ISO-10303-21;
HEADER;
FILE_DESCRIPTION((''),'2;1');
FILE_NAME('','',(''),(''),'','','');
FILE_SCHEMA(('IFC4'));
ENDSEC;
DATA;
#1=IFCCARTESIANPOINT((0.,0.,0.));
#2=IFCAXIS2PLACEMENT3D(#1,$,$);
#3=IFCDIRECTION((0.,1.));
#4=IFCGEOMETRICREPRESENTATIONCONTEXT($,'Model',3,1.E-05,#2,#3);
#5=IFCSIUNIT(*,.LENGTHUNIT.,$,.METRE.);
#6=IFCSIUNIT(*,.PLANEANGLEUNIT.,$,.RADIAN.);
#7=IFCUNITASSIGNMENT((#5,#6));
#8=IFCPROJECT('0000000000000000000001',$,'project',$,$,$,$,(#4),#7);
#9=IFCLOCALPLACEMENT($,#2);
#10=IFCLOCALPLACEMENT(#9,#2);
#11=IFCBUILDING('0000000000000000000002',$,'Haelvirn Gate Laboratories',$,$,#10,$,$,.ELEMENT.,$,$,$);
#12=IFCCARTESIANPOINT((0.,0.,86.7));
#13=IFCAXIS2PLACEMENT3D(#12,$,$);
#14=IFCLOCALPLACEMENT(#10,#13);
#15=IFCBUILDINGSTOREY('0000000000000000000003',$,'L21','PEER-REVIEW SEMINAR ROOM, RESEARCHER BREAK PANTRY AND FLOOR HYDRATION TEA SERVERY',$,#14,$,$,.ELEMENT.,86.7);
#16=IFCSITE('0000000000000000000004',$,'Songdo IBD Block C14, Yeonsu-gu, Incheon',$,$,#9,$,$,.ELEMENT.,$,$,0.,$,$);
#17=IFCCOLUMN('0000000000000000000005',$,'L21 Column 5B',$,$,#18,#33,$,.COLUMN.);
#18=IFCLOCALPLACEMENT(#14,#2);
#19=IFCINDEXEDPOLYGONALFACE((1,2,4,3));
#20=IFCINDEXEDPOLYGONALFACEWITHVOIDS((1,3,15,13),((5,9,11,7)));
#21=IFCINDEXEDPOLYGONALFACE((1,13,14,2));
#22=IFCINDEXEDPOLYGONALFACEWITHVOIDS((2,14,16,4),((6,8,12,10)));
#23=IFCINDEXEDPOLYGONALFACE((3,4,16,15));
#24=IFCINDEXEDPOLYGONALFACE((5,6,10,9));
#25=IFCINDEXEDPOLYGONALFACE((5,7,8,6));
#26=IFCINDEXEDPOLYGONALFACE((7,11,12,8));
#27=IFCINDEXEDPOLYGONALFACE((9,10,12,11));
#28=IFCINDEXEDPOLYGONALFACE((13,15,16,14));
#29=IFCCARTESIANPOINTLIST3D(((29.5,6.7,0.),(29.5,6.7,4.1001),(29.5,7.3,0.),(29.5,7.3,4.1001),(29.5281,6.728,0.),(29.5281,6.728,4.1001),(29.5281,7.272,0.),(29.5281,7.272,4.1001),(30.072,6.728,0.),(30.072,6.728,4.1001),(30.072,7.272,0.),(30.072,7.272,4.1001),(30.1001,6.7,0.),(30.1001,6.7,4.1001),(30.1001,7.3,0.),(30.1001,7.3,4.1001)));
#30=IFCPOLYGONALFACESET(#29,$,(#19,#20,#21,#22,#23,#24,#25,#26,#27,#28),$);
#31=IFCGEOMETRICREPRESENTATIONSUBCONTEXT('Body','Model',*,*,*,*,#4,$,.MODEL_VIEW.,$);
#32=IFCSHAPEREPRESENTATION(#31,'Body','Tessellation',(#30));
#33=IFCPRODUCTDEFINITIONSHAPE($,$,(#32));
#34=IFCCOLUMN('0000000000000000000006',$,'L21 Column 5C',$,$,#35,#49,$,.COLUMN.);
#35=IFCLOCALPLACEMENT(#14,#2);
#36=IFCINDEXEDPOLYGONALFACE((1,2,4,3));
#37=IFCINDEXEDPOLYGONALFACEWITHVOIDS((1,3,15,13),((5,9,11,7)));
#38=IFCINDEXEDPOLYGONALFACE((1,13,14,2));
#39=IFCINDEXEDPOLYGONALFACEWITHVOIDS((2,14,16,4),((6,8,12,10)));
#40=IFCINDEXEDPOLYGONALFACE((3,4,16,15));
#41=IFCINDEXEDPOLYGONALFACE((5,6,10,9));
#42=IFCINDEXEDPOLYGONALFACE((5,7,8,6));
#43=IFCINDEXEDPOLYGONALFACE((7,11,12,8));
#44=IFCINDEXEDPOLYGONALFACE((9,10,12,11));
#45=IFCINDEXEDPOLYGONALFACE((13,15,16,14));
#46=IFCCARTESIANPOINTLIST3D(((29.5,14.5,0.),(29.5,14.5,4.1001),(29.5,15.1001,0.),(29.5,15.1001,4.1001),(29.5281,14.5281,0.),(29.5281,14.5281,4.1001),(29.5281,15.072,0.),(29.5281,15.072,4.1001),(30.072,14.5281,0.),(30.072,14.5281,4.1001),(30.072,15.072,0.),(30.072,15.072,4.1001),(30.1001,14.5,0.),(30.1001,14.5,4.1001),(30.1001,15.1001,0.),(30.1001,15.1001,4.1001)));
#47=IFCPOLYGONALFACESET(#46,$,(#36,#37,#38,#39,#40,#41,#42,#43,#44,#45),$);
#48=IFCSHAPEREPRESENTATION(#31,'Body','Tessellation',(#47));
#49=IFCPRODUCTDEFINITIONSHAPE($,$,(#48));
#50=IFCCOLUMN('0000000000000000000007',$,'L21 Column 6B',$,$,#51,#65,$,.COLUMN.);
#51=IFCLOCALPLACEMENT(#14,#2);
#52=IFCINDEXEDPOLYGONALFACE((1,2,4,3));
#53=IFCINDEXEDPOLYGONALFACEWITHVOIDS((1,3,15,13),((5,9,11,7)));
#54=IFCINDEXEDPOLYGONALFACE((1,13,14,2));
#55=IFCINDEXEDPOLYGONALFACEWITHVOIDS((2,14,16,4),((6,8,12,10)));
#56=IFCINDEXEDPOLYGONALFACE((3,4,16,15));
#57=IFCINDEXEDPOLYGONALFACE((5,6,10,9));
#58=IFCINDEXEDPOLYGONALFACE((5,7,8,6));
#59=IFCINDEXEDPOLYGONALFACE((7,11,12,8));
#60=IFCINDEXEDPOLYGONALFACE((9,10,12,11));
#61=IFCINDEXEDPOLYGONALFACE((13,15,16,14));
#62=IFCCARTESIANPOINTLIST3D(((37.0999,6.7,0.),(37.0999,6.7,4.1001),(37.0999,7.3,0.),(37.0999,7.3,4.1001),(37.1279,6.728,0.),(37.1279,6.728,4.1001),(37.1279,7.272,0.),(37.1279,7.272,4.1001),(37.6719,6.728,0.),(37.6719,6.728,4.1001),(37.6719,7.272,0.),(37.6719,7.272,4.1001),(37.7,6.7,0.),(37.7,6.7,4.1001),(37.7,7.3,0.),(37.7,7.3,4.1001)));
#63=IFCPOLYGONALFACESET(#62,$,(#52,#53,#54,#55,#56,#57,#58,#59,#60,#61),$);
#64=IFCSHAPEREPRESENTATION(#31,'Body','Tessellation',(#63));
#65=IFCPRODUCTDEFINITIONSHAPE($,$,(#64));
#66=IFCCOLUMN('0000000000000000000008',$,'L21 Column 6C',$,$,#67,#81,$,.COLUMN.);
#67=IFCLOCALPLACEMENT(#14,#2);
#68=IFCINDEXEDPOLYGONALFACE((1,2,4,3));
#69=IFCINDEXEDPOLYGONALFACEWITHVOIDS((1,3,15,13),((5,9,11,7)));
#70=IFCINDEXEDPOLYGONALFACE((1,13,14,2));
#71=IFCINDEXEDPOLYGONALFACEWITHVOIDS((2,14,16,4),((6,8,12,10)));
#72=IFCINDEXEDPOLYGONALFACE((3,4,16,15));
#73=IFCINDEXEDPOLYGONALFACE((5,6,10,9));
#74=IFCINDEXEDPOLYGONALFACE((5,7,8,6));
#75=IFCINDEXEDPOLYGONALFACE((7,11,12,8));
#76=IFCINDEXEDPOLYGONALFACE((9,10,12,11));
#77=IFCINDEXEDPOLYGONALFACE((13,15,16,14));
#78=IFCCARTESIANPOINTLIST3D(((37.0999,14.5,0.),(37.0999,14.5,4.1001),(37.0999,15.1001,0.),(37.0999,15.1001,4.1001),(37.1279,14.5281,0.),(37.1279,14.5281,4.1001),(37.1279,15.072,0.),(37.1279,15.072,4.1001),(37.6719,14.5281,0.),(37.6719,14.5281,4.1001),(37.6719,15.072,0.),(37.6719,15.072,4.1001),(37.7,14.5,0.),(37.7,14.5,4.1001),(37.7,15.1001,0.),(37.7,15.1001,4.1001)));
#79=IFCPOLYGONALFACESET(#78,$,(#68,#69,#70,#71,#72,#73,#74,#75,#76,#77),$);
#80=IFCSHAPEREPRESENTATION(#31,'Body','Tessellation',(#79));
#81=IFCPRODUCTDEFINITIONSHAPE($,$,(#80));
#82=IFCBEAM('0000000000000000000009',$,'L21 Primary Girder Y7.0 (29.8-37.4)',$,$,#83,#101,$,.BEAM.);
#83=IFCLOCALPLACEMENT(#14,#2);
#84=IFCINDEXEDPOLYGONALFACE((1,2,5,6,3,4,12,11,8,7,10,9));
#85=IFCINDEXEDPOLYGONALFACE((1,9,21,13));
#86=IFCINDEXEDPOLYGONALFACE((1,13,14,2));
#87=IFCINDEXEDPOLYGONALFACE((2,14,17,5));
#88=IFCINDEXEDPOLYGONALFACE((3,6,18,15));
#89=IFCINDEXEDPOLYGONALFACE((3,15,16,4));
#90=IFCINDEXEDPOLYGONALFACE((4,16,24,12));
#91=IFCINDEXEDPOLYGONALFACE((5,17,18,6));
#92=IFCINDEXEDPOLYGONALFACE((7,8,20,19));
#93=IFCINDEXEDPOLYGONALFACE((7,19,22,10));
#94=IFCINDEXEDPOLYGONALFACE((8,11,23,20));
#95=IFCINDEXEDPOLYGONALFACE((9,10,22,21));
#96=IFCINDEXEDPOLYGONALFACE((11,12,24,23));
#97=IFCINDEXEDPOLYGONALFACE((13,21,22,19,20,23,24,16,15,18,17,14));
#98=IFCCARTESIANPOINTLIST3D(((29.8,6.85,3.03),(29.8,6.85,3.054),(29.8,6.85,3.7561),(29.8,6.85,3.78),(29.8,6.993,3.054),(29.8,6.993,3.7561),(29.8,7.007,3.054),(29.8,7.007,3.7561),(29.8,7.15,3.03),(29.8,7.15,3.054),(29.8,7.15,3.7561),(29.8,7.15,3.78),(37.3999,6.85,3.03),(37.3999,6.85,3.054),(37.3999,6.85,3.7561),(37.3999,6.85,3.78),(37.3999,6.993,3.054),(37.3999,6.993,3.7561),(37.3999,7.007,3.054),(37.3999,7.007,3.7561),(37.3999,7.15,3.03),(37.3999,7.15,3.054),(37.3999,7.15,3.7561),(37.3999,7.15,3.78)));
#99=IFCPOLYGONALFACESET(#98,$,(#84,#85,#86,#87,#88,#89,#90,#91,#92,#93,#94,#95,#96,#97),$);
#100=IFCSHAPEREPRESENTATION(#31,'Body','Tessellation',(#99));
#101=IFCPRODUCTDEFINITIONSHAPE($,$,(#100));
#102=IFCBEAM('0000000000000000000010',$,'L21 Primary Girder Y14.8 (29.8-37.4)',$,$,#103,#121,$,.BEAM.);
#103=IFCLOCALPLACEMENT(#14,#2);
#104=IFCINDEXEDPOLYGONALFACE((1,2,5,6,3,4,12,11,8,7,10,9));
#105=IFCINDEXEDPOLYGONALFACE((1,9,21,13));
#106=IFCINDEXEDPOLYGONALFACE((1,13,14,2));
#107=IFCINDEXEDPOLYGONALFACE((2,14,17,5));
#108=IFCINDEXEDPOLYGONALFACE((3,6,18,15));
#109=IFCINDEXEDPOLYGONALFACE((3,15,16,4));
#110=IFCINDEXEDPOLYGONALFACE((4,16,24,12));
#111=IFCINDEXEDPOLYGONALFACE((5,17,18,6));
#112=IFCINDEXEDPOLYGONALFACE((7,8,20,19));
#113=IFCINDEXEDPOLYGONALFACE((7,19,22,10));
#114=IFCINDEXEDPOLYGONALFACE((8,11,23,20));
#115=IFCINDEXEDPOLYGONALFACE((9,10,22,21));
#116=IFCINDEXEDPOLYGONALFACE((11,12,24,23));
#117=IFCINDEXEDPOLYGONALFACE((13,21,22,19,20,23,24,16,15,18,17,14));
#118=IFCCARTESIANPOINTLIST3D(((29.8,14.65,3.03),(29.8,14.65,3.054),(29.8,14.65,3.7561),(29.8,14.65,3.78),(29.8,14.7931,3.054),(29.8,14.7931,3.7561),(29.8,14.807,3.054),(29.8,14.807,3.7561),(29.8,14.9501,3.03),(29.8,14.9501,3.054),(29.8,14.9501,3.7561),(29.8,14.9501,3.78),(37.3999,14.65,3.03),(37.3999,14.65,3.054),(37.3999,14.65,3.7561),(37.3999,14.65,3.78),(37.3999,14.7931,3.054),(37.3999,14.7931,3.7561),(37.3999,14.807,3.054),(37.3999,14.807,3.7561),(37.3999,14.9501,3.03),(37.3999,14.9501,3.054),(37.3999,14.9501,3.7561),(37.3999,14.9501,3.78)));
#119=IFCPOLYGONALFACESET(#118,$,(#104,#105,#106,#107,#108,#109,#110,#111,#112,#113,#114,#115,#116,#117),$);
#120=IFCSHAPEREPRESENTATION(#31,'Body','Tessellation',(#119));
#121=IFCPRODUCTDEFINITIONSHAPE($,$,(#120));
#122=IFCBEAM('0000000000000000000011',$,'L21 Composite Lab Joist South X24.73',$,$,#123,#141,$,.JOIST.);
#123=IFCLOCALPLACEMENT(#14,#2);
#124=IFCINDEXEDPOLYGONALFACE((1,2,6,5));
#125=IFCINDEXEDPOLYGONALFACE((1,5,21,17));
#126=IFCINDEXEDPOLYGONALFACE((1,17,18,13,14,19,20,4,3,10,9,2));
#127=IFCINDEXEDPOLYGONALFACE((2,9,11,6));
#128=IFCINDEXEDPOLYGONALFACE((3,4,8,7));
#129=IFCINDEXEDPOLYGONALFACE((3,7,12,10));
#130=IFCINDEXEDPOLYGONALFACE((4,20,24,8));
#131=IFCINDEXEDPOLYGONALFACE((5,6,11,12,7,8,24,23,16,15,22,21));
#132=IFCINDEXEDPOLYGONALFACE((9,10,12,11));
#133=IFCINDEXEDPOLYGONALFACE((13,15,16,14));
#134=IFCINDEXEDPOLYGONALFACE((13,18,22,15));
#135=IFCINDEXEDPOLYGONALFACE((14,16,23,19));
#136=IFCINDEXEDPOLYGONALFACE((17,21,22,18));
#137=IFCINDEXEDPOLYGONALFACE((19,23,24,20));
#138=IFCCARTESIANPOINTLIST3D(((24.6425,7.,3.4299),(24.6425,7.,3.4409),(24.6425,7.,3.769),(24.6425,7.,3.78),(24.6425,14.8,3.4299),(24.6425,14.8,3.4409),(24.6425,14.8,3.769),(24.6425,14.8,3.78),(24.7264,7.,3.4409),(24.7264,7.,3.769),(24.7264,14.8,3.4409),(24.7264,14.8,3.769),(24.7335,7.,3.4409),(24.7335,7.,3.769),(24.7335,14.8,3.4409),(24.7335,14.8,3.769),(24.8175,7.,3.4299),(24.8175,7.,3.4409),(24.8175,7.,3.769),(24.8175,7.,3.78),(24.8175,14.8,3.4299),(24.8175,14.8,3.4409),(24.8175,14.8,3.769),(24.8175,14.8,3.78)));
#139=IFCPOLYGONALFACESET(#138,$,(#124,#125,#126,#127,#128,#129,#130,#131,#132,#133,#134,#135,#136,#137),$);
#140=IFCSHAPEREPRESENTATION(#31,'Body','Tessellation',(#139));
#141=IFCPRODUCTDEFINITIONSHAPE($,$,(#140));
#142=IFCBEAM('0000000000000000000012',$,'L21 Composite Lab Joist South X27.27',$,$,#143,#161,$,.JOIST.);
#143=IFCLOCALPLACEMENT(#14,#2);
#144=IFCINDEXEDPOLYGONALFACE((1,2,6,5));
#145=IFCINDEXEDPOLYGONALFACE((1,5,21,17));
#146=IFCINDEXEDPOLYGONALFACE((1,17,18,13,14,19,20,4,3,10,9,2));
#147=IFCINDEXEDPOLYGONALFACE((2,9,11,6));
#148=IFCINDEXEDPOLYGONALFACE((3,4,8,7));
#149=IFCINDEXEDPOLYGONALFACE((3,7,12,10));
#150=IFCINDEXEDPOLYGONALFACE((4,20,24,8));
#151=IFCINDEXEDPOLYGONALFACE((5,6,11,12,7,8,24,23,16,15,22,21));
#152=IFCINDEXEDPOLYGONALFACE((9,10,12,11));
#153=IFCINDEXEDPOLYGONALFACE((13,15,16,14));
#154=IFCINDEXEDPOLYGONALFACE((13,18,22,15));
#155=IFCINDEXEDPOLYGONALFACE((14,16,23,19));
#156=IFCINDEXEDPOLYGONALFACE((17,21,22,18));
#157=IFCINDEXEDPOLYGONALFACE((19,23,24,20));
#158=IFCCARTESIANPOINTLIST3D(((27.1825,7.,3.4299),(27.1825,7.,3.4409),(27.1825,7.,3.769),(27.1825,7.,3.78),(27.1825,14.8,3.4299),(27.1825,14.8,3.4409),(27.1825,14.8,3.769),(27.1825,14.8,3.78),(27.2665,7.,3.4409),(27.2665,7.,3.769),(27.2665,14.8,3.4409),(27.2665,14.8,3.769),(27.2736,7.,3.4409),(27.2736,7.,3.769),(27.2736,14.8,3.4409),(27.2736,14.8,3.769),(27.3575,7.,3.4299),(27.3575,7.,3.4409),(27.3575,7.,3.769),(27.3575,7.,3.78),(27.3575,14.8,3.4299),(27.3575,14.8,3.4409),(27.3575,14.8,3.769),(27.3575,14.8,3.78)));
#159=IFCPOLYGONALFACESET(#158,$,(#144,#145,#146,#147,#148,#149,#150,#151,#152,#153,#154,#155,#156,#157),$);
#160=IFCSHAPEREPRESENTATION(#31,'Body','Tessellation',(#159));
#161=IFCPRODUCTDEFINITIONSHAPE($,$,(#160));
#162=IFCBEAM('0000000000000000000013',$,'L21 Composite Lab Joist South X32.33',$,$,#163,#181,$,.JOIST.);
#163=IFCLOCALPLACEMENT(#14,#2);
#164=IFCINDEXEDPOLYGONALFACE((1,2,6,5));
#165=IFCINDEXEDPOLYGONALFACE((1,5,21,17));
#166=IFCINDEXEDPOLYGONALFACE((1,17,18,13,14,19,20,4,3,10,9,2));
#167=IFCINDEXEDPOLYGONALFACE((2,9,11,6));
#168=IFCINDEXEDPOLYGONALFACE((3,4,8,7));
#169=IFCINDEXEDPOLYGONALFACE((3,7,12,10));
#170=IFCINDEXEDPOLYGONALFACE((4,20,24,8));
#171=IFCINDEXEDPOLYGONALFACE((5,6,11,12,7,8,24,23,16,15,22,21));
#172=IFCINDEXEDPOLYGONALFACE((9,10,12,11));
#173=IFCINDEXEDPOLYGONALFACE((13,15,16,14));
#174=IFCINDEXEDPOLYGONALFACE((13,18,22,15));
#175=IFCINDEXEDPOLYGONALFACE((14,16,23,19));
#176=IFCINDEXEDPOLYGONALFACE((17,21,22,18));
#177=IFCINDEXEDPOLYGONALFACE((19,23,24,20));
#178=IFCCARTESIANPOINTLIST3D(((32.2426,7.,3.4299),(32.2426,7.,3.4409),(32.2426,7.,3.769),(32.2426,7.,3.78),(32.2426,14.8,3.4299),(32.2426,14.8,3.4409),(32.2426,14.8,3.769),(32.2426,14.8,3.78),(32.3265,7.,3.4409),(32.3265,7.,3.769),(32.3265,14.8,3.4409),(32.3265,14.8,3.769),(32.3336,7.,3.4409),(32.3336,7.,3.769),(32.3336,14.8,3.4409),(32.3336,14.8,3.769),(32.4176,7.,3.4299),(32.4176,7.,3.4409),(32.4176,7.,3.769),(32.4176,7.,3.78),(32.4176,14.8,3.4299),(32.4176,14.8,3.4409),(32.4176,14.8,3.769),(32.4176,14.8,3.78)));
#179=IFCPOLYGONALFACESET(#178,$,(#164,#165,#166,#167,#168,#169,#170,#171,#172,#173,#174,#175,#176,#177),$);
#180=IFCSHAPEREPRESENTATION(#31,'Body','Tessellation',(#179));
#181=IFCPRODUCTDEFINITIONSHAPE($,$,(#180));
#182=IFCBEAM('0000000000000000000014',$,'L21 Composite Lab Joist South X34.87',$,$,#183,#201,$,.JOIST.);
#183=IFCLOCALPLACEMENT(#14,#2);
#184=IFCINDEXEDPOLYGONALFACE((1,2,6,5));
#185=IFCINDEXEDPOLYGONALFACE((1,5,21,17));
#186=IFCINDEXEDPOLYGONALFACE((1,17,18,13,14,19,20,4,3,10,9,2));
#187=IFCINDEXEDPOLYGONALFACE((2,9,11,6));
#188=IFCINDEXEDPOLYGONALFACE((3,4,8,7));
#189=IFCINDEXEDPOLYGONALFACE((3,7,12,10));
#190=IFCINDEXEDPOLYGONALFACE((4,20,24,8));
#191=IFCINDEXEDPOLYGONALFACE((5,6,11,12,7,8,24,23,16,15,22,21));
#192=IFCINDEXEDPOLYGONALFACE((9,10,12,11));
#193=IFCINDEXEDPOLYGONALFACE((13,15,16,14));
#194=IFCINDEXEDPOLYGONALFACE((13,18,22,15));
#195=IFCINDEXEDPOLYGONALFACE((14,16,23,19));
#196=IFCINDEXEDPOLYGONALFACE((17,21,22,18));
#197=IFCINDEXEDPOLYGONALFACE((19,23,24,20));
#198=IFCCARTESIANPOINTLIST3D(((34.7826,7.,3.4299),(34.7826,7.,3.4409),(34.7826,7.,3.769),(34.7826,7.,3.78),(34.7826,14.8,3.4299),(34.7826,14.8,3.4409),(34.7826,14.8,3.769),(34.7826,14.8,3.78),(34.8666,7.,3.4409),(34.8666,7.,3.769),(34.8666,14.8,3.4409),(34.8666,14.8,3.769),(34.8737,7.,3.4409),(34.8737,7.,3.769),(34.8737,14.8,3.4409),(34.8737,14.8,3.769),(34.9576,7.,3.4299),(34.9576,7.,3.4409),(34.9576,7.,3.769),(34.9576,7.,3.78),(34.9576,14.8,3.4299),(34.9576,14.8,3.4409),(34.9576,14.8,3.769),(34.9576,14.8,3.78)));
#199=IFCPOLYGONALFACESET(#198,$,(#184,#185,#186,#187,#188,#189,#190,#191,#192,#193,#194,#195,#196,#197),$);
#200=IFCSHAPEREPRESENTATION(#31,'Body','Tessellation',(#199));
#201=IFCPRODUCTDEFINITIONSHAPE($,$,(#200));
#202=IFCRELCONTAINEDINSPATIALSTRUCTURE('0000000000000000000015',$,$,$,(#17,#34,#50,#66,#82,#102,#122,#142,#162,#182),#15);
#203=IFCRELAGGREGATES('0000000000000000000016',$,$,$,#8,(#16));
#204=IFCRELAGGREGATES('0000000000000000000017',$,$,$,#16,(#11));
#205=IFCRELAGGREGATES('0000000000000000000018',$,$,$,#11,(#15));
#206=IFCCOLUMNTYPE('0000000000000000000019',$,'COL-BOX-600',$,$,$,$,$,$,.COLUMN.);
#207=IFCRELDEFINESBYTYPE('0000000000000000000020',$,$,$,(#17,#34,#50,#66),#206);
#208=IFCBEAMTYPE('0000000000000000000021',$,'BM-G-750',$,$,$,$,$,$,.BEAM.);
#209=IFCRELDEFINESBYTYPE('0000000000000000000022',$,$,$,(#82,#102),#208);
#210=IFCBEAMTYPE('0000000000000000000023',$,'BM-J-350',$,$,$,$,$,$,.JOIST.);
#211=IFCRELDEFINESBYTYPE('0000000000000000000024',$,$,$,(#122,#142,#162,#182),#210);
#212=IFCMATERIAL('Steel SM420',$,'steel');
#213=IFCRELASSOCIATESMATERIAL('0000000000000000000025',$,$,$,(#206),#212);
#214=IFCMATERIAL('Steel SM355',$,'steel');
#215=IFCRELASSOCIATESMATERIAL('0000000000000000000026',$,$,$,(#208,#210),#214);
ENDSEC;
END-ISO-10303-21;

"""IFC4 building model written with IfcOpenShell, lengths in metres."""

from ifc_helpers import new_model, si_unit, direction, frame, origin, origin_2d, place, context, subcontext, project, spatial, hollow_rectangle, i_section, extrude, source, transform, mapped, material, material_profile, profile_set, type_object, type_shapes, element, save


model = new_model("IFC4")

# Units and contexts
model_context = context("Model", 3, precision=1e-05, world=origin(), true_north=direction((0.0, 1.0)))
body_context = subcontext(model_context, "Body", "Model", "MODEL_VIEW")
ifc_project = project(units=[si_unit("LENGTHUNIT", "METRE"), si_unit("PLANEANGLEUNIT", "RADIAN")], contexts=[model_context])

# Site, building, storey
site_placement = place(None, origin())
site = spatial("IfcSite", under=ifc_project, at=site_placement, Name="Songdo IBD Block C14, Yeonsu-gu, Incheon", CompositionType="ELEMENT", RefElevation=0.0)
building_placement = place(site_placement, origin())
building = spatial("IfcBuilding", under=site, at=building_placement, Name="Haelvirn Gate Laboratories", CompositionType="ELEMENT")
storey_placement = place(building_placement, frame((0.0, 0.0, 86.7)))
storey = spatial("IfcBuildingStorey", under=building, at=storey_placement, Name="L21", Description="PEER-REVIEW SEMINAR ROOM, RESEARCHER BREAK PANTRY AND FLOOR HYDRATION TEA SERVERY", CompositionType="ELEMENT", Elevation=86.7)

# Columns
ifc_material_1 = material(Name="Steel SM420", Category="steel")
ifc_material_profile_1 = material_profile(ifc_material_1, hollow_rectangle(XDim=0.6001, YDim=0.6001, WallThickness=0.0281, at=origin_2d()), Name="BOX-600x600x28")
ifc_profile_set_1 = profile_set([ifc_material_profile_1], Name="Steel SM420")
column_type = type_object("IfcColumnType", Name="COL-BOX-600", PredefinedType="COLUMN", material=ifc_profile_set_1)
shared_shape_1 = source(origin(), body_context, "Body", "SweptSolid", [
    extrude(hollow_rectangle(XDim=0.6001, YDim=0.6001, WallThickness=0.0281, at=origin_2d()), origin(), (0.0, 0.0, 1.0), 4.1001),
])
type_shapes(column_type, [shared_shape_1])
for number, where, z_axis, x_axis, name in (
    (1, (29.8, 7.0, 0.0), (0.0, 0.0, 1.0), (1.0, 0.0, 0.0), "L21 Column 5B"),
    (2, (29.8, 14.8, 0.0), (0.0, 0.0, 1.0), (1.0, 0.0, 0.0), "L21 Column 5C"),
    (3, (37.3999, 7.0, 0.0), (0.0, 0.0, 1.0), (1.0, 0.0, 0.0), "L21 Column 6B"),
    (4, (37.3999, 14.8, 0.0), (0.0, 0.0, 1.0), (1.0, 0.0, 0.0), "L21 Column 6C"),
):
    element("IfcColumn", number, at=place(storey_placement, frame(where, z_axis=z_axis, x_axis=x_axis)), inside=storey, type_object=column_type, Name=name, PredefinedType="COLUMN", context=body_context, shape_type="MappedRepresentation", body=[
        mapped(shared_shape_1, transform((0.0, 0.0, 0.0), scale=1.0)),
    ])

# Beams
ifc_material_2 = material(Name="Steel SM355", Category="steel")
ifc_material_profile_2 = material_profile(ifc_material_2, i_section(OverallWidth=0.3, OverallDepth=0.75, WebThickness=0.0139, FlangeThickness=0.0239, at=origin_2d()), Name="H-750x300x14x24")
ifc_profile_set_2 = profile_set([ifc_material_profile_2], Name="Steel SM355")
beam_type_1 = type_object("IfcBeamType", Name="BM-G-750", PredefinedType="BEAM", material=ifc_profile_set_2)
shared_shape_2 = source(origin(), body_context, "Body", "SweptSolid", [
    extrude(i_section(OverallWidth=0.3, OverallDepth=0.75, WebThickness=0.0139, FlangeThickness=0.0239, at=origin_2d()), origin(), (0.0, 0.0, 1.0), 7.5999),
])
type_shapes(beam_type_1, [shared_shape_2])
for number, where, z_axis, x_axis, name in (
    (5, (29.8, 7.0, 3.405), (1.0, 0.0, 0.0), (0.0, 1.0, 0.0), "L21 Primary Girder Y7.0 (29.8-37.4)"),
    (6, (29.8, 14.8, 3.405), (1.0, 0.0, 0.0), (0.0, 1.0, 0.0), "L21 Primary Girder Y14.8 (29.8-37.4)"),
):
    element("IfcBeam", number, at=place(storey_placement, frame(where, z_axis=z_axis, x_axis=x_axis)), inside=storey, type_object=beam_type_1, Name=name, PredefinedType="BEAM", context=body_context, shape_type="MappedRepresentation", body=[
        mapped(shared_shape_2, transform((0.0, 0.0, 0.0), scale=1.0)),
    ])
ifc_material_profile_3 = material_profile(ifc_material_2, i_section(OverallWidth=0.175, OverallDepth=0.3501, WebThickness=0.0071, FlangeThickness=0.011, at=origin_2d()), Name="H-350x175x7x11")
ifc_profile_set_3 = profile_set([ifc_material_profile_3], Name="Steel SM355")
beam_type_2 = type_object("IfcBeamType", Name="BM-J-350", PredefinedType="JOIST", material=ifc_profile_set_3)
shared_shape_3 = source(origin(), body_context, "Body", "SweptSolid", [
    extrude(i_section(OverallWidth=0.175, OverallDepth=0.3501, WebThickness=0.0071, FlangeThickness=0.011, at=origin_2d()), origin(), (0.0, 0.0, 1.0), 7.8),
])
type_shapes(beam_type_2, [shared_shape_3])
for number, where, z_axis, x_axis, name in (
    (7, (24.73, 7.0, 3.605), (0.0, 1.0, 0.0), (-1.0, 0.0, 0.0), "L21 Composite Lab Joist South X24.73"),
    (8, (27.27, 7.0, 3.605), (0.0, 1.0, 0.0), (-1.0, 0.0, 0.0), "L21 Composite Lab Joist South X27.27"),
    (9, (32.3301, 7.0, 3.605), (0.0, 1.0, 0.0), (-1.0, 0.0, 0.0), "L21 Composite Lab Joist South X32.33"),
    (10, (34.8701, 7.0, 3.605), (0.0, 1.0, 0.0), (-1.0, 0.0, 0.0), "L21 Composite Lab Joist South X34.87"),
):
    element("IfcBeam", number, at=place(storey_placement, frame(where, z_axis=z_axis, x_axis=x_axis)), inside=storey, type_object=beam_type_2, Name=name, PredefinedType="JOIST", context=body_context, shape_type="MappedRepresentation", body=[
        mapped(shared_shape_3, transform((0.0, 0.0, 0.0), scale=1.0)),
    ])

save(model, "model.ifc")
